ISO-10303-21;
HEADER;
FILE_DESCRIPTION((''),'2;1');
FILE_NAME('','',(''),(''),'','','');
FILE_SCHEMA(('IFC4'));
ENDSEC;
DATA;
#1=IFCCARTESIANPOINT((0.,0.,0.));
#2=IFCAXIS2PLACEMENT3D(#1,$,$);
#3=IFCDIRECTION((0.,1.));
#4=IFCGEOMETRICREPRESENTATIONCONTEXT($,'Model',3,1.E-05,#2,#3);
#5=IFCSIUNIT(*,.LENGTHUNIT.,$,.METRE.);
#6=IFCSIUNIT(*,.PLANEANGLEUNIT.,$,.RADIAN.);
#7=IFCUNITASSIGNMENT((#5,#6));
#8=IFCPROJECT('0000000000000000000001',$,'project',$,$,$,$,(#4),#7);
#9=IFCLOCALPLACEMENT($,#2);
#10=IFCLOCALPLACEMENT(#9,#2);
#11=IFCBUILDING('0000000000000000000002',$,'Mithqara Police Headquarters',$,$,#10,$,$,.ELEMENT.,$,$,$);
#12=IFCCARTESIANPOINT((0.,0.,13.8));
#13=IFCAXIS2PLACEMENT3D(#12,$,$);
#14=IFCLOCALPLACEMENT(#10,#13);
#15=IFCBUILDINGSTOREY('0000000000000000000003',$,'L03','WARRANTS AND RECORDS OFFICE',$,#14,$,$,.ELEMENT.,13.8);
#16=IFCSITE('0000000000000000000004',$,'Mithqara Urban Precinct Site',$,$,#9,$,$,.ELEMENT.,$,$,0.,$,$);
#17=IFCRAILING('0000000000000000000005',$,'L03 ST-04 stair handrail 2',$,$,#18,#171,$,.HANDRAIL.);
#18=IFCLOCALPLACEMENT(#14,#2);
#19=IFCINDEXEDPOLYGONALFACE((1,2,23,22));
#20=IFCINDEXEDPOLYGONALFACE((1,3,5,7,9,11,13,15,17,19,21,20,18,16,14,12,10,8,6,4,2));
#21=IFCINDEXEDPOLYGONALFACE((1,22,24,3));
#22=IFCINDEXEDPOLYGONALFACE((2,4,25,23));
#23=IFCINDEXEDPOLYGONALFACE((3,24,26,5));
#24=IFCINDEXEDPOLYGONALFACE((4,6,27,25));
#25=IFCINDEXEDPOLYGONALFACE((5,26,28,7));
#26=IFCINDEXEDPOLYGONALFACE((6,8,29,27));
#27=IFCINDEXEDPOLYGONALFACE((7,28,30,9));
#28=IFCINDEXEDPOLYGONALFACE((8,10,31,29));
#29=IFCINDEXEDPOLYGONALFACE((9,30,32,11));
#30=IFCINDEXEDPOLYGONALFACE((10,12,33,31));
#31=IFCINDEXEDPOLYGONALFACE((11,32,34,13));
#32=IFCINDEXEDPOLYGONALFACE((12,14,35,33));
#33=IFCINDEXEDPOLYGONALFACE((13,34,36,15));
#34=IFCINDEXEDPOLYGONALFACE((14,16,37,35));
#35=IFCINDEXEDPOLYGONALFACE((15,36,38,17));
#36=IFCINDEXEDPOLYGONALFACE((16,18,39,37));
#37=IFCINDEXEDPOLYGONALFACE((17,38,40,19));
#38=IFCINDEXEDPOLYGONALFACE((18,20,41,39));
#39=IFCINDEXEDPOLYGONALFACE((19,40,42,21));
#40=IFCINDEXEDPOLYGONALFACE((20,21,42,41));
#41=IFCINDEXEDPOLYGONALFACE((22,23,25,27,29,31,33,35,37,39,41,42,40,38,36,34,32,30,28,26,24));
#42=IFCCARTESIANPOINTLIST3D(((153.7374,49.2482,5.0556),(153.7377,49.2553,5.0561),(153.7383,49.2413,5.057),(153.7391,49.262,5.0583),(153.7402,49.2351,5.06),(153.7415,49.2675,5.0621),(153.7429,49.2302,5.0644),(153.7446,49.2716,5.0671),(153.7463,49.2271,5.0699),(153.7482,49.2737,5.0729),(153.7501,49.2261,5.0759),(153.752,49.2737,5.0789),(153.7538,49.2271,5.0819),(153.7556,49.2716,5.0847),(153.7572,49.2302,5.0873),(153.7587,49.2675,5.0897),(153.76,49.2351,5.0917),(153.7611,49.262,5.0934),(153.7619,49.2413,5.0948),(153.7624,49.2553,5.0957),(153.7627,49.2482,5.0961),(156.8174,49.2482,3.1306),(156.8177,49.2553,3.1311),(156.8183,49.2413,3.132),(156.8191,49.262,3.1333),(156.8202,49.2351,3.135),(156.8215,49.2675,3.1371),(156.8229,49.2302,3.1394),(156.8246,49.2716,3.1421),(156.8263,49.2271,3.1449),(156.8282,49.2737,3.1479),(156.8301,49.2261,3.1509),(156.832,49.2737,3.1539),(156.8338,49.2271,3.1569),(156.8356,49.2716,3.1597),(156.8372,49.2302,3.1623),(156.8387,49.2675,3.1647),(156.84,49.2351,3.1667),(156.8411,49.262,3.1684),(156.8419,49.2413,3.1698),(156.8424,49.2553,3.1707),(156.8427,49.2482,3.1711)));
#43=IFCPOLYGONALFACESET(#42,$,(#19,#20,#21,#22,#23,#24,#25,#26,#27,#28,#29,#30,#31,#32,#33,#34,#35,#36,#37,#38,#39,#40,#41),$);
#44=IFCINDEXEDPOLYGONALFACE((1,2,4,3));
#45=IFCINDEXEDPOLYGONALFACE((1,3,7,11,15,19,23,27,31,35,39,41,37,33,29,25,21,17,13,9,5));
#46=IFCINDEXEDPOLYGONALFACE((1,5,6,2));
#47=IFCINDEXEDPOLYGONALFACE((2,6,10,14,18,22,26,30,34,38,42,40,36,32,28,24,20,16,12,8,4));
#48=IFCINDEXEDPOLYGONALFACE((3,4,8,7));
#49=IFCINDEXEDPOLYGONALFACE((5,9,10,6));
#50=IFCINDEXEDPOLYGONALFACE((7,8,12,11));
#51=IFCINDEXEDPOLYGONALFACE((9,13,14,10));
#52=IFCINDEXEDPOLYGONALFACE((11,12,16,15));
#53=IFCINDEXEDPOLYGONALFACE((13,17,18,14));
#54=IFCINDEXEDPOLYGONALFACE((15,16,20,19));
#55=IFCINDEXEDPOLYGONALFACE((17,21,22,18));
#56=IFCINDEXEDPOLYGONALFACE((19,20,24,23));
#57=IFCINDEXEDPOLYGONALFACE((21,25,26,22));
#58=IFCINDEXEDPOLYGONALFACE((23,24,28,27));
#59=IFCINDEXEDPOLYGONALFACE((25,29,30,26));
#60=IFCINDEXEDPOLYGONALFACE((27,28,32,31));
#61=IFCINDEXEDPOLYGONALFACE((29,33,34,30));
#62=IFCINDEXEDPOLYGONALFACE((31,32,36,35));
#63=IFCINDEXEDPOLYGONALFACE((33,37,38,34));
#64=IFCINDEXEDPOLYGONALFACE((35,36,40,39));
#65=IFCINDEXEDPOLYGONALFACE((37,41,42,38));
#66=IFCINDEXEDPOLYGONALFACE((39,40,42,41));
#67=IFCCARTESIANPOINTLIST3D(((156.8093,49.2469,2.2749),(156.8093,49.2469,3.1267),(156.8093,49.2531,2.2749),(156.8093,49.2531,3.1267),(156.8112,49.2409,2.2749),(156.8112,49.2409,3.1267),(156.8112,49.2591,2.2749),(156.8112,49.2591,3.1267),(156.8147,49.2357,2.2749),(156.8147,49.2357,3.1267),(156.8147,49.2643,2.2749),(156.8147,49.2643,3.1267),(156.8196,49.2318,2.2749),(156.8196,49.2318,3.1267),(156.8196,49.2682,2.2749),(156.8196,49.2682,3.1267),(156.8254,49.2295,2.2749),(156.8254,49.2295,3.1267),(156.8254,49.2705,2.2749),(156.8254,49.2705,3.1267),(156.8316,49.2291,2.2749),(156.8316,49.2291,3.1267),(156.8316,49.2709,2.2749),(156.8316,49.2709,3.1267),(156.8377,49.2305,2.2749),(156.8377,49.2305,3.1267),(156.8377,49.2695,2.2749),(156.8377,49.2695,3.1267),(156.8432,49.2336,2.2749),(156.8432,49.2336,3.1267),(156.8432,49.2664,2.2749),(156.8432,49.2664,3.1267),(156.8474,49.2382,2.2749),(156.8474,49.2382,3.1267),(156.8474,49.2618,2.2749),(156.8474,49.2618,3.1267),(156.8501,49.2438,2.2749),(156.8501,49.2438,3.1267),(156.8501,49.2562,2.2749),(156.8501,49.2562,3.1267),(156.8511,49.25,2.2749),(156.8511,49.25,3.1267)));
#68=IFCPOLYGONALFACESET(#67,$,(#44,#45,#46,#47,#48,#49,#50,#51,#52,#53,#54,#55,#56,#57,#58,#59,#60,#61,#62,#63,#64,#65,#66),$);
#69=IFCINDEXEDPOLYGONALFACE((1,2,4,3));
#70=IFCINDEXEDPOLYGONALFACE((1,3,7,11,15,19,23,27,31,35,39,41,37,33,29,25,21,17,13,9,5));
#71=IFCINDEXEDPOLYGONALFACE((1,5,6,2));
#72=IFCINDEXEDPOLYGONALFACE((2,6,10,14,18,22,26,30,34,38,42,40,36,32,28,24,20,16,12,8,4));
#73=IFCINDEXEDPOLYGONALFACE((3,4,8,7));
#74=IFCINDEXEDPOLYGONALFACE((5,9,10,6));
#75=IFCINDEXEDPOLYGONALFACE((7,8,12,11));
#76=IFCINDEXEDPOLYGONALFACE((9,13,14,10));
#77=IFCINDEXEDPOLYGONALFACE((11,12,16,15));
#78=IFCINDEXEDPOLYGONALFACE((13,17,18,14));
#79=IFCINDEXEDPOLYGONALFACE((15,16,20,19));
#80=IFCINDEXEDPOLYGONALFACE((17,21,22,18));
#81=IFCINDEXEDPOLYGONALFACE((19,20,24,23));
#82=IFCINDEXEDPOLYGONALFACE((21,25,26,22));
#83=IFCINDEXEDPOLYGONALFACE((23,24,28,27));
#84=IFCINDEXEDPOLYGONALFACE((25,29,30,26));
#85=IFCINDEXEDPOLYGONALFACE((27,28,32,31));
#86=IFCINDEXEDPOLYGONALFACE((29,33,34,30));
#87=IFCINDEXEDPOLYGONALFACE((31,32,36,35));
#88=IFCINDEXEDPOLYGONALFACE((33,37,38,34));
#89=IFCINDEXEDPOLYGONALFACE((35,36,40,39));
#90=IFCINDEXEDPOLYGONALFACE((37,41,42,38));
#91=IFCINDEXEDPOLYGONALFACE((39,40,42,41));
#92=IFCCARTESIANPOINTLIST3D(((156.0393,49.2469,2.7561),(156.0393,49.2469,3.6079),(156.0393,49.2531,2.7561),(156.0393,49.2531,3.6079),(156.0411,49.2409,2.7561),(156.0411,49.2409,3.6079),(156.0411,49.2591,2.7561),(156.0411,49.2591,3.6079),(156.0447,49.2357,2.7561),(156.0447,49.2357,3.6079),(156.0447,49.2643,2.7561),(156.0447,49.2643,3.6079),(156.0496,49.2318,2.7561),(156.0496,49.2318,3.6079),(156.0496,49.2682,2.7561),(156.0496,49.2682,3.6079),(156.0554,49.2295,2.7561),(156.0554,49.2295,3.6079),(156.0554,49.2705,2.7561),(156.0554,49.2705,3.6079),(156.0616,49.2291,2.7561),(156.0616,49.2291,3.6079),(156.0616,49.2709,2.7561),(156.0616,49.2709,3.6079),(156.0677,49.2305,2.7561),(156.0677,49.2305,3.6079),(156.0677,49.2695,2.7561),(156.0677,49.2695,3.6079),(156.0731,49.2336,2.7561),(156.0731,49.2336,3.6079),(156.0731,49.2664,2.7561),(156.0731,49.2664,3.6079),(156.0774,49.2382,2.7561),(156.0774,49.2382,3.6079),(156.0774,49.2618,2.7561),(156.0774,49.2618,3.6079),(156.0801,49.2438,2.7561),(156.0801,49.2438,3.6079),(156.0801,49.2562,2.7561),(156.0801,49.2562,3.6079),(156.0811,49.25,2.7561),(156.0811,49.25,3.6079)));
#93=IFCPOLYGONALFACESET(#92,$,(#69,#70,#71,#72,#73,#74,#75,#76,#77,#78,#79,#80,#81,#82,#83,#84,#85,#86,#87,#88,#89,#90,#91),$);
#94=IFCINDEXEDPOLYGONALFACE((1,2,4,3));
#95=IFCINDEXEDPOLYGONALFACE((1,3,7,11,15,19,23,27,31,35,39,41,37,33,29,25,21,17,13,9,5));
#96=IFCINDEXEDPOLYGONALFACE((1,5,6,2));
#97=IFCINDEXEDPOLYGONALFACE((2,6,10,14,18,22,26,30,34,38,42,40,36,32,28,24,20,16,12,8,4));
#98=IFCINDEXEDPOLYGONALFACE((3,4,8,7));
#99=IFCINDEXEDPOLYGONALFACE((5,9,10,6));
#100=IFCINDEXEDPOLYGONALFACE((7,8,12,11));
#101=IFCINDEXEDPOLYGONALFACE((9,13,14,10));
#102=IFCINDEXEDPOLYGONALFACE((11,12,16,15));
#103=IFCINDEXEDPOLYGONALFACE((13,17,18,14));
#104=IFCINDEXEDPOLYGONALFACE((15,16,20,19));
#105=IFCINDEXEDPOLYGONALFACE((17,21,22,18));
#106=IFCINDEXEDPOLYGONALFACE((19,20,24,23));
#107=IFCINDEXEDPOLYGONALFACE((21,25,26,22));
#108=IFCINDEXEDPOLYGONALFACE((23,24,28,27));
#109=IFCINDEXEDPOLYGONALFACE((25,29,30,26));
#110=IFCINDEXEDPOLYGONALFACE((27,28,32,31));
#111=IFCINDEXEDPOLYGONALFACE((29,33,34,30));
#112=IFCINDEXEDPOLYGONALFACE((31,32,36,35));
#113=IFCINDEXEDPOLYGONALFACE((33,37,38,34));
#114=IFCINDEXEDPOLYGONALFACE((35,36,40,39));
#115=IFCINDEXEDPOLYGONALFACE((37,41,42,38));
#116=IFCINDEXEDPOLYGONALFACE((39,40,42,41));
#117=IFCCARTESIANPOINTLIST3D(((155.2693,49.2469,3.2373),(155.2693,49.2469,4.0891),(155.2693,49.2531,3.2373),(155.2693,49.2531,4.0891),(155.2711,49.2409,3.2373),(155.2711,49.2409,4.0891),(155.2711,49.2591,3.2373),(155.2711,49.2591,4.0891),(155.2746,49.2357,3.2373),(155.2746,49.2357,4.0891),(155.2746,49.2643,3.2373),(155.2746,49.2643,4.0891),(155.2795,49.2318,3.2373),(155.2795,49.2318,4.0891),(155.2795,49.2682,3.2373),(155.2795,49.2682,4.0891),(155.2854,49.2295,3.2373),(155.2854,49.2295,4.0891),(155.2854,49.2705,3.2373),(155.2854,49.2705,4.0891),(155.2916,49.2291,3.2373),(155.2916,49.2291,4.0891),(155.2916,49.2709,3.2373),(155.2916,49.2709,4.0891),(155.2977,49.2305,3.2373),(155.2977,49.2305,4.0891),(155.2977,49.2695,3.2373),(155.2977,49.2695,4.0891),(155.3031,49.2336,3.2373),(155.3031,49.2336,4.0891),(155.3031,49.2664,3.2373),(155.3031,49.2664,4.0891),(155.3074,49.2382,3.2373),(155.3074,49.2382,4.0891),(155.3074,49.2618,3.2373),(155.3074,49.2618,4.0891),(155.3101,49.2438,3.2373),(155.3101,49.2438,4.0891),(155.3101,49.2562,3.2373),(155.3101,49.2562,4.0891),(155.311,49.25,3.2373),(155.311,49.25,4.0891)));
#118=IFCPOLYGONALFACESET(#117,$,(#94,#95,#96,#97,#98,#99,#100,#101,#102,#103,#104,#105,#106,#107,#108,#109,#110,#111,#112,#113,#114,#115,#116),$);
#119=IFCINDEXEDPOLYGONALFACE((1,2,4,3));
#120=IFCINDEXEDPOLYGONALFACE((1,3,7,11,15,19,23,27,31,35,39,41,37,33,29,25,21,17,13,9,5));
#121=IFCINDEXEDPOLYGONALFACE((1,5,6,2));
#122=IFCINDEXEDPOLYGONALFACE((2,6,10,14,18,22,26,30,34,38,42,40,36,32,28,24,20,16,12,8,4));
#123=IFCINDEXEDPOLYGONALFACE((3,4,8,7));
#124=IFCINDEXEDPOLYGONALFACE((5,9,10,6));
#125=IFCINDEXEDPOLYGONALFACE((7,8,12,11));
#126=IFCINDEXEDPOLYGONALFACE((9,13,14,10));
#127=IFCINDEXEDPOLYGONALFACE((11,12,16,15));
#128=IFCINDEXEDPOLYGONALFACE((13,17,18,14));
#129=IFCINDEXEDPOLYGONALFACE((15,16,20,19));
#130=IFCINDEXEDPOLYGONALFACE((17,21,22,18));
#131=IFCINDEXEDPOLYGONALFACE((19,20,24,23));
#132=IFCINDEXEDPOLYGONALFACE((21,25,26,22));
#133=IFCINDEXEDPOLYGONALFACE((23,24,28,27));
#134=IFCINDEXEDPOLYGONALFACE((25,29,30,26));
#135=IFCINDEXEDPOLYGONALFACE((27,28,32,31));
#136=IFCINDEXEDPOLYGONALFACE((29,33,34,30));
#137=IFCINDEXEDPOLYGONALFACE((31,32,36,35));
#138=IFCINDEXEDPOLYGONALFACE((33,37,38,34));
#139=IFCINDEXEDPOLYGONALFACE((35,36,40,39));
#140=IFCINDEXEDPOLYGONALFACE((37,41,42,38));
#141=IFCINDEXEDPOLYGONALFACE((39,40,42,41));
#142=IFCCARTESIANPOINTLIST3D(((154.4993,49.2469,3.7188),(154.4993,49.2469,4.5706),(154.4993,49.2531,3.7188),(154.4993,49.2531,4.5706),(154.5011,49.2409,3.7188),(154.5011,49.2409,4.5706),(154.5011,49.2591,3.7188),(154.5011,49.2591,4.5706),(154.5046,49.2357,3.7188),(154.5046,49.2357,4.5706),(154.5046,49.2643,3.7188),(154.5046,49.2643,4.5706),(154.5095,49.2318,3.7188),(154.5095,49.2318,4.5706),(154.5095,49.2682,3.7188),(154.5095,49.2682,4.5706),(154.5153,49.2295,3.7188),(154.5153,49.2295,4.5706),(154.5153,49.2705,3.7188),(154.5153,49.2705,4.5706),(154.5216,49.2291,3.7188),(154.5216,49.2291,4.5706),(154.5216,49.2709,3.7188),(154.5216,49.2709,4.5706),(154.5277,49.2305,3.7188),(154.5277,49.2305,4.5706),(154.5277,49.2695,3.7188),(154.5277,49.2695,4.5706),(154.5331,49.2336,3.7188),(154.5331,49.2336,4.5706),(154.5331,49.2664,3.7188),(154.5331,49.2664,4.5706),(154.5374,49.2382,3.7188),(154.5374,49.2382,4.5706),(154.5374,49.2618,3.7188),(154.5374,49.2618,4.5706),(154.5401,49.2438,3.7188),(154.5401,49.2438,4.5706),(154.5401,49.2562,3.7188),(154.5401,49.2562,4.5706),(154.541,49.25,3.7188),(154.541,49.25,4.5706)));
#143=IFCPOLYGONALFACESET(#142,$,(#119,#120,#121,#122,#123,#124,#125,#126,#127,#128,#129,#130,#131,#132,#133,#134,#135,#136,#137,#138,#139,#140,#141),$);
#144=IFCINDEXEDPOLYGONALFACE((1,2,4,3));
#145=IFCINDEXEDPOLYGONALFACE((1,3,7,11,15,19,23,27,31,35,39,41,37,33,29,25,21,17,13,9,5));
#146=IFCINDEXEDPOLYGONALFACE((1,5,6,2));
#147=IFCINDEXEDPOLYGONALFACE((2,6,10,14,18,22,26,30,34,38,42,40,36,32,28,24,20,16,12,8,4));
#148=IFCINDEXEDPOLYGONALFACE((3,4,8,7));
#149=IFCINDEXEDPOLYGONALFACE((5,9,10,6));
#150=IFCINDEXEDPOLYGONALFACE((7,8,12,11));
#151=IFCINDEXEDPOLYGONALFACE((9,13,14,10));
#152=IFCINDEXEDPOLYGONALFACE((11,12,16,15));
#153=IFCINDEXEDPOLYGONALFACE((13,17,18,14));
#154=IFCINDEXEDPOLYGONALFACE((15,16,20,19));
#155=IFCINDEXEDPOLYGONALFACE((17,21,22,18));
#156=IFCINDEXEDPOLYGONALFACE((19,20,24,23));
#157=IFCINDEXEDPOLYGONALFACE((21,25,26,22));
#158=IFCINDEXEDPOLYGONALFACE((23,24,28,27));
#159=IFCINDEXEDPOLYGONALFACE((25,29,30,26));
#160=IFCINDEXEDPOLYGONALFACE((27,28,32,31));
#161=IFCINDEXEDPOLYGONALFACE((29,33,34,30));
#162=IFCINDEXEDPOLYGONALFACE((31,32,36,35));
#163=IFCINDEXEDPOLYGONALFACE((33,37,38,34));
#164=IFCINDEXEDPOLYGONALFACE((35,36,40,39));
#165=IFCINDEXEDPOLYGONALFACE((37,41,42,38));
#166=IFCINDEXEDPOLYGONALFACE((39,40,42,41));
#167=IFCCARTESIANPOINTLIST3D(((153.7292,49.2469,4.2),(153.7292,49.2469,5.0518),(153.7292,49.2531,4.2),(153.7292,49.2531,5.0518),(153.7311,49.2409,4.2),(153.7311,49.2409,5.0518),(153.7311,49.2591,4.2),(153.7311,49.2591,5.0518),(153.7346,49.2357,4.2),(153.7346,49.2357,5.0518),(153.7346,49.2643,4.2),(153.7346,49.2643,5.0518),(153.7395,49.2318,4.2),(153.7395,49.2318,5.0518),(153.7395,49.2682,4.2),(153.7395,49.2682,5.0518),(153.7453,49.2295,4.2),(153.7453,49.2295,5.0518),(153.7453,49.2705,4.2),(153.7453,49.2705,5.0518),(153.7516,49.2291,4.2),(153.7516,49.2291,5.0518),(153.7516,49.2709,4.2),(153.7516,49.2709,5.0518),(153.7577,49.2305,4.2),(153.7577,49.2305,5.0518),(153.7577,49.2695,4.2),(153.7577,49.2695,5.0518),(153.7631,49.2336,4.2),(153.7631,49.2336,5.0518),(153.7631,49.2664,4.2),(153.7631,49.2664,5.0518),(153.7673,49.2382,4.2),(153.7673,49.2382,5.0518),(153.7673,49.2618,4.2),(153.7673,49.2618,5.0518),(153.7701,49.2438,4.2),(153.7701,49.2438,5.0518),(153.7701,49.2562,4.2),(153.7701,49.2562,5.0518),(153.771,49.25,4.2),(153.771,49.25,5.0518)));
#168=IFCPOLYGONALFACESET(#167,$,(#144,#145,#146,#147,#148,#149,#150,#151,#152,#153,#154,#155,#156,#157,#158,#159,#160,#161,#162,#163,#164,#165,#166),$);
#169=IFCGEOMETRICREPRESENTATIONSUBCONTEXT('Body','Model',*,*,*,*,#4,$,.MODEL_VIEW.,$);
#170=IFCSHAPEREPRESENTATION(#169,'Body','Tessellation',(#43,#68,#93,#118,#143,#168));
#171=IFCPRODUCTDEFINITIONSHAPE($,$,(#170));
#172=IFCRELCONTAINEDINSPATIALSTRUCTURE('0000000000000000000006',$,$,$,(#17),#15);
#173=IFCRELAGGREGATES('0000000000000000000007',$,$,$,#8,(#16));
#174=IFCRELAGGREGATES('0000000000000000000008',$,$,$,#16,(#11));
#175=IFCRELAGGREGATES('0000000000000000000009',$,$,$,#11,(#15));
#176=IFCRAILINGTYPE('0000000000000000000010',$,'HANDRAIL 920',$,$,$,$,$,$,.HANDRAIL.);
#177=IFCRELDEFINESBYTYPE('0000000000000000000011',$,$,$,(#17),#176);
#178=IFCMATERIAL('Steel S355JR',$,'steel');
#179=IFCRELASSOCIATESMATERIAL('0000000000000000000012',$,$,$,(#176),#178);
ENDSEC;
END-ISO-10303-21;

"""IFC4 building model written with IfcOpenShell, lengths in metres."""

from ifc_helpers import new_model, si_unit, direction, frame, origin, origin_2d, place, context, subcontext, project, spatial, circle, extrude, material, type_object, element, save


model = new_model("IFC4")

# Units and contexts
model_context = context("Model", 3, precision=1e-05, world=origin(), true_north=direction((0.0, 1.0)))
body_context = subcontext(model_context, "Body", "Model", "MODEL_VIEW")
ifc_project = project(units=[si_unit("LENGTHUNIT", "METRE"), si_unit("PLANEANGLEUNIT", "RADIAN")], contexts=[model_context])

# Site, building, storey
site_placement = place(None, origin())
site = spatial("IfcSite", under=ifc_project, at=site_placement, Name="Mithqara Urban Precinct Site", CompositionType="ELEMENT", RefElevation=0.0)
building_placement = place(site_placement, origin())
building = spatial("IfcBuilding", under=site, at=building_placement, Name="Mithqara Police Headquarters", CompositionType="ELEMENT")
storey_placement = place(building_placement, frame((0.0, 0.0, 13.8)))
storey = spatial("IfcBuildingStorey", under=building, at=storey_placement, Name="L03", Description="WARRANTS AND RECORDS OFFICE", CompositionType="ELEMENT", Elevation=13.8)

# Shared definitions
ifc_material_1 = material(Name="Steel S355JR", Category="steel")

# Railing
railing_type_1 = type_object("IfcRailingType", Name="HANDRAIL 920", PredefinedType="HANDRAIL", material=ifc_material_1)
railing_1_placement = place(storey_placement, frame((156.8301, 49.25, 2.2749)))
element("IfcRailing", 1, at=railing_1_placement, inside=storey, type_object=railing_type_1, Name="L03 ST-04 stair handrail 2", PredefinedType="HANDRAIL", context=body_context, shape_type="SweptSolid", body=[
    extrude(circle(Radius=0.0239, at=origin_2d()), frame((0.0, 0.0, 0.876), z_axis=(-0.847998, 0.0, 0.529999), x_axis=(0.0, -1.0, 0.0)), (0.0, 0.0, 1.0), 3.6321),
    extrude(circle(Radius=0.021, at=origin_2d()), origin(), (0.0, 0.0, 1.0), 0.8518),
    extrude(circle(Radius=0.021, at=origin_2d()), frame((-0.77, 0.0, 0.4812)), (0.0, 0.0, 1.0), 0.8518),
    extrude(circle(Radius=0.021, at=origin_2d()), frame((-1.54, 0.0, 0.9624)), (0.0, 0.0, 1.0), 0.8518),
    extrude(circle(Radius=0.021, at=origin_2d()), frame((-2.3101, 0.0, 1.4438)), (0.0, 0.0, 1.0), 0.8518),
    extrude(circle(Radius=0.021, at=origin_2d()), frame((-3.0801, 0.0, 1.925)), (0.0, 0.0, 1.0), 0.8518),
])

save(model, "model.ifc")
